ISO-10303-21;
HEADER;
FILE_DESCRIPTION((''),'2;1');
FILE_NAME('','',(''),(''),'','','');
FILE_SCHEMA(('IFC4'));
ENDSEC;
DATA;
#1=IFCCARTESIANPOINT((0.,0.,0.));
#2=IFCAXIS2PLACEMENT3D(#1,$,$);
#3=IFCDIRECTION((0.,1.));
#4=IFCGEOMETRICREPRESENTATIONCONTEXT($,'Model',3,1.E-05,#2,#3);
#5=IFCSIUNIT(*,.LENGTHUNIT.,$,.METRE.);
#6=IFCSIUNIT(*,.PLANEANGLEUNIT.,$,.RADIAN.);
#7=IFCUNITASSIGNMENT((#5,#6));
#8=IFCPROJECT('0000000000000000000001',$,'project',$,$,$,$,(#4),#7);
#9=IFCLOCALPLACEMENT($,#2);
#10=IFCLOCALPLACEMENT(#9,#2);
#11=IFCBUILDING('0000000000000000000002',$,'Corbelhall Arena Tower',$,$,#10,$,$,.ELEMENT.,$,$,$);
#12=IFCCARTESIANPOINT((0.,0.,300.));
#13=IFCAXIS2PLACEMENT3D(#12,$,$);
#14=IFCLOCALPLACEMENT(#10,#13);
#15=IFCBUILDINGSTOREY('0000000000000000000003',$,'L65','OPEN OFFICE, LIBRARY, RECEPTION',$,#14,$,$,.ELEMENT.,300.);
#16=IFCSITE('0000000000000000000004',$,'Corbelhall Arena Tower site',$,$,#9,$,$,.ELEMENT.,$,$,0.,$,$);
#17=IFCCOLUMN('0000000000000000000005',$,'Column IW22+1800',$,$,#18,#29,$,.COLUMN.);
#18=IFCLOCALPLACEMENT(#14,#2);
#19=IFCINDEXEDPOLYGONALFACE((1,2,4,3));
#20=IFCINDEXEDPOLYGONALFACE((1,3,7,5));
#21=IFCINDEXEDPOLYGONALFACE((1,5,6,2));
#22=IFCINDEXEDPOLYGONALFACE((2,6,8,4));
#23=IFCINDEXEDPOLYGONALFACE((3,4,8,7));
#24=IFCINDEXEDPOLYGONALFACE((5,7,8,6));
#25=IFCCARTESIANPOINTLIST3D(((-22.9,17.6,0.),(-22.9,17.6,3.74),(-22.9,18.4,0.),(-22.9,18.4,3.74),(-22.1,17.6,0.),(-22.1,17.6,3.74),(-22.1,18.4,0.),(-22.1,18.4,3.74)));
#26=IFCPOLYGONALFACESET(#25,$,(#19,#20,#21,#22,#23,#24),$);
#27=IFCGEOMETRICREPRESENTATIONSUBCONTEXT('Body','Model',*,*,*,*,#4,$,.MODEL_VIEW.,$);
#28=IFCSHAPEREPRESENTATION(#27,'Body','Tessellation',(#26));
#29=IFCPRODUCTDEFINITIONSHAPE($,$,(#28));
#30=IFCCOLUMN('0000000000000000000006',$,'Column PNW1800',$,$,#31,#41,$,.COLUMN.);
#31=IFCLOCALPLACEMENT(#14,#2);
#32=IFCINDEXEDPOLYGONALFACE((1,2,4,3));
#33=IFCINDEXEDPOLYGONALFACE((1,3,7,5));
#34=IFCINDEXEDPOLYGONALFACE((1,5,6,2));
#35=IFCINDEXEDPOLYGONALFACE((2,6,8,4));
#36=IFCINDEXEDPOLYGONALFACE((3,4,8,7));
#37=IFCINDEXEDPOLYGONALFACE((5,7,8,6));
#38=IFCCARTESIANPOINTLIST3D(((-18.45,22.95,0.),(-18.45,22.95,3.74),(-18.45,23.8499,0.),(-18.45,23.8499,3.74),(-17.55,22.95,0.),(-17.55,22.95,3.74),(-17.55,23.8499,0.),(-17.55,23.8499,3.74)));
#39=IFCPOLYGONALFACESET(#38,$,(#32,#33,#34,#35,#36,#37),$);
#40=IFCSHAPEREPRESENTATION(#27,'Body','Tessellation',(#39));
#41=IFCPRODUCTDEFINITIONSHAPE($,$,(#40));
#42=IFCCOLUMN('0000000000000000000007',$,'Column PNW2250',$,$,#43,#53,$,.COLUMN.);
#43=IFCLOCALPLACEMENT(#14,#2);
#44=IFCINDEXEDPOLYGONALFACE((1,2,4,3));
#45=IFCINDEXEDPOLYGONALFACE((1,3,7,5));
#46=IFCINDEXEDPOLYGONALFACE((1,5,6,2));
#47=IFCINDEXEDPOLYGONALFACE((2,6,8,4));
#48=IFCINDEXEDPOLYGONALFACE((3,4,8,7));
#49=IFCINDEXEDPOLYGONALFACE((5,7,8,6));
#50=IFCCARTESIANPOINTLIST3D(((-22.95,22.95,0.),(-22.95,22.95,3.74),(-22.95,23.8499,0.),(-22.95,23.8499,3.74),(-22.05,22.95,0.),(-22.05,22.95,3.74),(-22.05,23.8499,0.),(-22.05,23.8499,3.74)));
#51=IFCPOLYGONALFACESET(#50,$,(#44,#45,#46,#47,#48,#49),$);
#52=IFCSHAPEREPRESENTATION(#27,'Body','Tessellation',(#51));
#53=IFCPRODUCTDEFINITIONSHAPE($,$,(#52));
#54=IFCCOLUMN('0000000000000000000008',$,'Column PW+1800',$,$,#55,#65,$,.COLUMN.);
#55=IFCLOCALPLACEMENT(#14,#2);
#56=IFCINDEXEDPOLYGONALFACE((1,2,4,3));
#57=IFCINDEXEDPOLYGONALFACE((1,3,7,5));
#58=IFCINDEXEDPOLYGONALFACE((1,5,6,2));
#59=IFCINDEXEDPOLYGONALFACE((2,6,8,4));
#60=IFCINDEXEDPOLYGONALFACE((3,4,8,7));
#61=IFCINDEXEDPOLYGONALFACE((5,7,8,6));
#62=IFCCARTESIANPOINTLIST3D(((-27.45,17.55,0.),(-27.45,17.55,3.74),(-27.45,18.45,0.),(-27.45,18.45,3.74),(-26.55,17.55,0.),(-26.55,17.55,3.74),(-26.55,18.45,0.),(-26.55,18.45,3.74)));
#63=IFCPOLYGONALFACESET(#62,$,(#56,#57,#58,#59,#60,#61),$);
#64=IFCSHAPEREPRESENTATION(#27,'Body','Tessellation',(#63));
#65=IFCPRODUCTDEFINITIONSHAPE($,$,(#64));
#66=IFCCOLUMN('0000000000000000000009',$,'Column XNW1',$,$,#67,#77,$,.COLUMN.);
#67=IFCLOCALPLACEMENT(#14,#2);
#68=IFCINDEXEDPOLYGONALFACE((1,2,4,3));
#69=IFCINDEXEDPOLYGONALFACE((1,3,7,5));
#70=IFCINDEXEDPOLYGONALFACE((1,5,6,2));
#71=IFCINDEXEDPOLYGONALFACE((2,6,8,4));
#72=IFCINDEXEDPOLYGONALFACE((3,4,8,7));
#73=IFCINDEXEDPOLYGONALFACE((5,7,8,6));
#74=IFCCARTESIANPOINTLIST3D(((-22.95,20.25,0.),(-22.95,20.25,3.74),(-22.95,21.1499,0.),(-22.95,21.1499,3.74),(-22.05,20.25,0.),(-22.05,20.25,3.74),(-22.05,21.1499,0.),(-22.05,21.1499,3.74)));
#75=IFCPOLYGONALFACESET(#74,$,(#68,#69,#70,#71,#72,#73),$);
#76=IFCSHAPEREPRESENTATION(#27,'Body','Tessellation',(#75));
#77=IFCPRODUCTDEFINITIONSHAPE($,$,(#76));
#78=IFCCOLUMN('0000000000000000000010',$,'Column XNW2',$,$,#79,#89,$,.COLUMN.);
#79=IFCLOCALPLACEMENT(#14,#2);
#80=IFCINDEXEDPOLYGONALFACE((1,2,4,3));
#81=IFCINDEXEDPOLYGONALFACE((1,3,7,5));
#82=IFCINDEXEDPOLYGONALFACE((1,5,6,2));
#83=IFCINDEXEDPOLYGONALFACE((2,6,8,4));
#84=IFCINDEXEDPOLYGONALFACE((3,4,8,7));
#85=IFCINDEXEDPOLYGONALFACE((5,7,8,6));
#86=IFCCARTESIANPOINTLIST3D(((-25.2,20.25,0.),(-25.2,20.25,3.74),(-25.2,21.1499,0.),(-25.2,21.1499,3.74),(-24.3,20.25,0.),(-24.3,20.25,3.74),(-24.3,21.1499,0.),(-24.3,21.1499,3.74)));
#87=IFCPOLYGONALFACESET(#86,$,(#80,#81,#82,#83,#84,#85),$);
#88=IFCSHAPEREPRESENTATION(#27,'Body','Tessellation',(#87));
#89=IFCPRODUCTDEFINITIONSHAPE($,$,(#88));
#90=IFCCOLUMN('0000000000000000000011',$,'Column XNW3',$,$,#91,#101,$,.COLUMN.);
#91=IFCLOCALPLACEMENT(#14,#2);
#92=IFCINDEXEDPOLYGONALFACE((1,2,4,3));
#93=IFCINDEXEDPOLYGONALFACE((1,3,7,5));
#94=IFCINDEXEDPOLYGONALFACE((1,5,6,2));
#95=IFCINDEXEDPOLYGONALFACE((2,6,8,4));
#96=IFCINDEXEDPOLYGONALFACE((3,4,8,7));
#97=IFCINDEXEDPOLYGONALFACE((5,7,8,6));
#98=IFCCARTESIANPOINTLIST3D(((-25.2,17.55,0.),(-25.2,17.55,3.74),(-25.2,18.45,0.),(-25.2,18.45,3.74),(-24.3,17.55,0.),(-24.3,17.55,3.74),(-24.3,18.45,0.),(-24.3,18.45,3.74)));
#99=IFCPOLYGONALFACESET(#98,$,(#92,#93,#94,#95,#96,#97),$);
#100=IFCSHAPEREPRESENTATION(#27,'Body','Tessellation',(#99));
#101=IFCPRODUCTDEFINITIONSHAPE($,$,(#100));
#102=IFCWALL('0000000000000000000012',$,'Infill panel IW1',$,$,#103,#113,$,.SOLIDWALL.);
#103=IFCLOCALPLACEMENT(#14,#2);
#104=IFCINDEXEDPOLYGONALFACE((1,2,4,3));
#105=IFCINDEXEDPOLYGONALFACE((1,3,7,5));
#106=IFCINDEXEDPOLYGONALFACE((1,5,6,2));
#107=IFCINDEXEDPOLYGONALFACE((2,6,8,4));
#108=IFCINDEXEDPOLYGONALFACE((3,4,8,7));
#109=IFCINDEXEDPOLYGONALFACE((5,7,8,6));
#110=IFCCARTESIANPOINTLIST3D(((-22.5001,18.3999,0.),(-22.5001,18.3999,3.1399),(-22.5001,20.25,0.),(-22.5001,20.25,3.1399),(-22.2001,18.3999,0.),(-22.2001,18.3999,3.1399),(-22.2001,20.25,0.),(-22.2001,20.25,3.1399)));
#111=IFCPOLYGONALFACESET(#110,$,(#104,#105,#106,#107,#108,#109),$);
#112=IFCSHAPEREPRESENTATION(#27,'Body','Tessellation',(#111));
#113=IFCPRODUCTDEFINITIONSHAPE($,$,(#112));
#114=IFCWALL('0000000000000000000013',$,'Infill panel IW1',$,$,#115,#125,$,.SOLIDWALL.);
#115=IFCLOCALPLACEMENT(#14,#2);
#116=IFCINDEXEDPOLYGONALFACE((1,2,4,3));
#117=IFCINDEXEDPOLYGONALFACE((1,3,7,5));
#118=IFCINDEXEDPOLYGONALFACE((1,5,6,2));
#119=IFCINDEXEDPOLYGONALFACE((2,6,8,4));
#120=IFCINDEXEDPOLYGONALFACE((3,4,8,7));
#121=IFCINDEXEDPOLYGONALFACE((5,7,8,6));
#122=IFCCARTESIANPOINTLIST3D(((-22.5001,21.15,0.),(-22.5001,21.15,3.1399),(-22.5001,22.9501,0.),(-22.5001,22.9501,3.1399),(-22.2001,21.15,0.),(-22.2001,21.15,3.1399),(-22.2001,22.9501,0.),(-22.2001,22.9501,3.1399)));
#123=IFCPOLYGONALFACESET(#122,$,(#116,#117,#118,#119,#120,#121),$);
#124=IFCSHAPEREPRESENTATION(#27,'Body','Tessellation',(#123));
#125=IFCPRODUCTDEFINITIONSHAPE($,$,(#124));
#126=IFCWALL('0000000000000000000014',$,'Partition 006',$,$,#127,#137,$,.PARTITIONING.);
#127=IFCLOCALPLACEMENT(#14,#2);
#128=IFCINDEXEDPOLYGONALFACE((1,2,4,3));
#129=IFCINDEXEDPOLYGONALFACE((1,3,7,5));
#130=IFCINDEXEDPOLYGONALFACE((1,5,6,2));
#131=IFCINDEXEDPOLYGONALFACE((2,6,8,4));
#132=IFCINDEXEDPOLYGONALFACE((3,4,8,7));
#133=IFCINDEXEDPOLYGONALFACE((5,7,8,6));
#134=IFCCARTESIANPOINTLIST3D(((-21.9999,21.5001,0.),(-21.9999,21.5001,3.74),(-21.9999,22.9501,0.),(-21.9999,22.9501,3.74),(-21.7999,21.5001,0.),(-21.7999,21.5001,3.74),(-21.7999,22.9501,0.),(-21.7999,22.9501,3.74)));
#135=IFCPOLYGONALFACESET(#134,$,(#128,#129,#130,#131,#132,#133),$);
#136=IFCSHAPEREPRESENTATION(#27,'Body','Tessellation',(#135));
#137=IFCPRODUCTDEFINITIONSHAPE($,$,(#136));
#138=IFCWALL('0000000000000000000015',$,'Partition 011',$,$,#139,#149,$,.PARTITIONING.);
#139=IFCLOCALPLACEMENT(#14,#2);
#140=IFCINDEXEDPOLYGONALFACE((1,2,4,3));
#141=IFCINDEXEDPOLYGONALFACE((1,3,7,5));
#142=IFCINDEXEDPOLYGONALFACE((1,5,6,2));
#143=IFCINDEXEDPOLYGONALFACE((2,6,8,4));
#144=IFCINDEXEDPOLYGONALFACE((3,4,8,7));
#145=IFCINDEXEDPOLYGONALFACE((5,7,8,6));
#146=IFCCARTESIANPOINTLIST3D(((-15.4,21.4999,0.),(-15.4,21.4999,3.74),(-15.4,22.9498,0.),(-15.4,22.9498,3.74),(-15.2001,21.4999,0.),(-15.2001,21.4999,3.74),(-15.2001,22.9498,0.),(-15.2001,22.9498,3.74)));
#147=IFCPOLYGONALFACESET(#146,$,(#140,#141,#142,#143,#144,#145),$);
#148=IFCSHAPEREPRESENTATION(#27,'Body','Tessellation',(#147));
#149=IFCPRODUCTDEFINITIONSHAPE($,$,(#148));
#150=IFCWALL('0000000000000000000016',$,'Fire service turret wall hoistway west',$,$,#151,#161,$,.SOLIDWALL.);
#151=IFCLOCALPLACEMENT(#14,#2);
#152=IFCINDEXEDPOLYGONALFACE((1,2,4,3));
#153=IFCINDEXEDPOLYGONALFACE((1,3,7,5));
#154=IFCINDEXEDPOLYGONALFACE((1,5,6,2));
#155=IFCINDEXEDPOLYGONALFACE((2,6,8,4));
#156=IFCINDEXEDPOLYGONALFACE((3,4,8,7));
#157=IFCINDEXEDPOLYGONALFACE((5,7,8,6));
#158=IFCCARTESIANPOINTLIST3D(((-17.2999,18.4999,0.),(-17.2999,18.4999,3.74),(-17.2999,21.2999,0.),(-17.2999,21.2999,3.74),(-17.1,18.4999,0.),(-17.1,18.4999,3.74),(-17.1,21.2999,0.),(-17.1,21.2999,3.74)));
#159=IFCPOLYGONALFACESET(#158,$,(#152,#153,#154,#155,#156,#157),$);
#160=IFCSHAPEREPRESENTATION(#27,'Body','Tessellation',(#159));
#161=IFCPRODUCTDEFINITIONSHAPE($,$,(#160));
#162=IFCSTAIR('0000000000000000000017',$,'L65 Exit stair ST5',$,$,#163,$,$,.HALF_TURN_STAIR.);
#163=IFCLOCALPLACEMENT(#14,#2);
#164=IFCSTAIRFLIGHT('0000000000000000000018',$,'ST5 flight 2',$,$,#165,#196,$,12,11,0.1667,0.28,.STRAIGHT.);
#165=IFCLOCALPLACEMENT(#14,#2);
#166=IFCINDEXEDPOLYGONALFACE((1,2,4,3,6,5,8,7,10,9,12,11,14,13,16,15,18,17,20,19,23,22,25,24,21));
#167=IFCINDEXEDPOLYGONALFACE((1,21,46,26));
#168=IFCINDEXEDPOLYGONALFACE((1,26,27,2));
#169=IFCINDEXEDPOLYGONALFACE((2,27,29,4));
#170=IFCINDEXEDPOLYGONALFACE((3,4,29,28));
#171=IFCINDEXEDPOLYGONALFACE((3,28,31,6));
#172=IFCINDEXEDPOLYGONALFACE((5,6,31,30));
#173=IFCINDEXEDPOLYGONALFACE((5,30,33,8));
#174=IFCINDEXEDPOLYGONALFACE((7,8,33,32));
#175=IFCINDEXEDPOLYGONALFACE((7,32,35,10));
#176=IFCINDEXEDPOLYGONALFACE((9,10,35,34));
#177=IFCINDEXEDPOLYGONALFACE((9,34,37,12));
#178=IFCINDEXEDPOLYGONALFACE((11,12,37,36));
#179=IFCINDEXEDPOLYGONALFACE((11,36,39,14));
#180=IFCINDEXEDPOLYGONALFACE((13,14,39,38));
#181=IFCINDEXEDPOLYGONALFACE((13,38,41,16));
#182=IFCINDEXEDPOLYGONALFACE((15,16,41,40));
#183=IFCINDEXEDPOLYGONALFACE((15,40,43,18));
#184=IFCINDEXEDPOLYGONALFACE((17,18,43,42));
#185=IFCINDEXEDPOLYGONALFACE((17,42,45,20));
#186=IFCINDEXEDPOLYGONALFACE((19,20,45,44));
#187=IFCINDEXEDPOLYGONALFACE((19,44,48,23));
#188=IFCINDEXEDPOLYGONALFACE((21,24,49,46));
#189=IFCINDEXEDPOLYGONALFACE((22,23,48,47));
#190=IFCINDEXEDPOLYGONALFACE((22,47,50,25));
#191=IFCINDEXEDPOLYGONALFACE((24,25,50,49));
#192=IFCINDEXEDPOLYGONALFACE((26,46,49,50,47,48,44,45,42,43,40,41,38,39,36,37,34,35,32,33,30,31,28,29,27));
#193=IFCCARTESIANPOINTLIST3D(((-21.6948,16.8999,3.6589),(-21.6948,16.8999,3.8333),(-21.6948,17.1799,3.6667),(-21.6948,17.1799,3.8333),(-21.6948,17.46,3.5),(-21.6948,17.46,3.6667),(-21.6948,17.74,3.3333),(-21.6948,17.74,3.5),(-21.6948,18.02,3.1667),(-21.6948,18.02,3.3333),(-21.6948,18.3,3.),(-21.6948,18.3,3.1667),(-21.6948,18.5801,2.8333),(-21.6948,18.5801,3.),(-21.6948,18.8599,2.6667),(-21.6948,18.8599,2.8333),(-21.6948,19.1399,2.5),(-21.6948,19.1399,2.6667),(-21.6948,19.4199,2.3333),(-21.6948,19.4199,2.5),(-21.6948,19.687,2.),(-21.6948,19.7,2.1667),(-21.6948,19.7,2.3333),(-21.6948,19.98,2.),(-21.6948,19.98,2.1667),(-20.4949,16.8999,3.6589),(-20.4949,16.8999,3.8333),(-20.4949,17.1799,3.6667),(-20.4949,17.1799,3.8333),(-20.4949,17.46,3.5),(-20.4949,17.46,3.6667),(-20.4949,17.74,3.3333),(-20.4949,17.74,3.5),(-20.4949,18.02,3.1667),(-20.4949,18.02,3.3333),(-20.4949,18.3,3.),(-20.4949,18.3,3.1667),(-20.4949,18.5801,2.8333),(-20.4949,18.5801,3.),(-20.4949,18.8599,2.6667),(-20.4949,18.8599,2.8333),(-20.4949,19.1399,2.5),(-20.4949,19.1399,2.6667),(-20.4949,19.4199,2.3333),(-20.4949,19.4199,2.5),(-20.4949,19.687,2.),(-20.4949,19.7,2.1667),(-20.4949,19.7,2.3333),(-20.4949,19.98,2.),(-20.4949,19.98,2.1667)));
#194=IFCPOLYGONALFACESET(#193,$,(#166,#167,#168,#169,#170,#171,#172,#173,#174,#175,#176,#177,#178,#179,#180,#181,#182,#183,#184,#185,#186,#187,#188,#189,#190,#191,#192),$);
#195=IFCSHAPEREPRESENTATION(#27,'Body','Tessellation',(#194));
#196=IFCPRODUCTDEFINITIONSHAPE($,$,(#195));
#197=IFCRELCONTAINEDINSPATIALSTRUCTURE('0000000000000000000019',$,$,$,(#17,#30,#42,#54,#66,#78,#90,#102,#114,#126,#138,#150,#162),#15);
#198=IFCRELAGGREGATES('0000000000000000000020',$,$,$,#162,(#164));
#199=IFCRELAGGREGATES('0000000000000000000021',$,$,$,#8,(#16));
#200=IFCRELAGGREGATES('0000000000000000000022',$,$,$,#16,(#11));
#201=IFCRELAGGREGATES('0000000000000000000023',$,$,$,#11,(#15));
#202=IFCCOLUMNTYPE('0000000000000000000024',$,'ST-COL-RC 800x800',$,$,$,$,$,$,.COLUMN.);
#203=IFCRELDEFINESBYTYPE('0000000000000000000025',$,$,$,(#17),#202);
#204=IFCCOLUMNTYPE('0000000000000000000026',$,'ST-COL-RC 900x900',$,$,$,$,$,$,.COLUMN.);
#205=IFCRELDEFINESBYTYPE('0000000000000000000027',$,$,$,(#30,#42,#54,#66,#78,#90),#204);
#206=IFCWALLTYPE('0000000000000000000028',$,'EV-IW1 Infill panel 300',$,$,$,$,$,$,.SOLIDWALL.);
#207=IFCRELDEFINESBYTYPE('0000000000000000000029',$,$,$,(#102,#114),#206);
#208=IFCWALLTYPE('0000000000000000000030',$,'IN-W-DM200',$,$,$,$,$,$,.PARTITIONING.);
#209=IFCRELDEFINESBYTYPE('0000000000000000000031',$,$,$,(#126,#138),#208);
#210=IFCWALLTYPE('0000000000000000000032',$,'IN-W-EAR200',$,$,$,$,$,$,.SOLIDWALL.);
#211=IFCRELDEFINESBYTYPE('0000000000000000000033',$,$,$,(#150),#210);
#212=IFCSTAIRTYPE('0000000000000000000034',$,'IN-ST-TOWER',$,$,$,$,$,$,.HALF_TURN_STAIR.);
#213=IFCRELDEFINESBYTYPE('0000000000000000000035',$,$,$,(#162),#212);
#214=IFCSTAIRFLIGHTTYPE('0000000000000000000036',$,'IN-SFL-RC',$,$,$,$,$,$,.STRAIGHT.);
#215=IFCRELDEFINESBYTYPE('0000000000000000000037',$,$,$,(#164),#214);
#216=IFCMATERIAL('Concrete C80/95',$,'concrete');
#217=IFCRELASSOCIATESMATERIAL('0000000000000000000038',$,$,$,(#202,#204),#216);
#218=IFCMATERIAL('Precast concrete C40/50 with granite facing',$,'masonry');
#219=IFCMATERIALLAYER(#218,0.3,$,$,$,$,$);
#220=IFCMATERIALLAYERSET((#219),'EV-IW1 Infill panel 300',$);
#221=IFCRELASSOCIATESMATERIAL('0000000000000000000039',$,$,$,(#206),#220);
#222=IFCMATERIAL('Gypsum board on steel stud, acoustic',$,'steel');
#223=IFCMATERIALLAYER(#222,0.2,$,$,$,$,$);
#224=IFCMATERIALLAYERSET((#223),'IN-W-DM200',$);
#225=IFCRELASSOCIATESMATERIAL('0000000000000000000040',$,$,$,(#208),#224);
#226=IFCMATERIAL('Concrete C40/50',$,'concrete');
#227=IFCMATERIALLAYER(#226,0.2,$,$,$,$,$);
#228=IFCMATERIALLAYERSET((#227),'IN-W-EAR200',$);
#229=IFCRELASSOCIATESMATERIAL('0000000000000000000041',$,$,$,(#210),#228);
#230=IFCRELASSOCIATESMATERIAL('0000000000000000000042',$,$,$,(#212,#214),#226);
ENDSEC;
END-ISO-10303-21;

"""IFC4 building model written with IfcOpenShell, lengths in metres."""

from ifc_helpers import new_model, si_unit, direction, frame, frame_2d, origin, origin_2d, place, context, subcontext, project, spatial, polyline, rectangle, outline, extrude, material, layer, layer_set, material_profile, profile_set, type_object, element, aggregate, save


model = new_model("IFC4")

# Units and contexts
model_context = context("Model", 3, precision=1e-05, world=origin(), true_north=direction((0.0, 1.0)))
body_context = subcontext(model_context, "Body", "Model", "MODEL_VIEW")
ifc_project = project(units=[si_unit("LENGTHUNIT", "METRE"), si_unit("PLANEANGLEUNIT", "RADIAN")], contexts=[model_context])

# Site, building, storey
site_placement = place(None, origin())
site = spatial("IfcSite", under=ifc_project, at=site_placement, Name="Corbelhall Arena Tower site", CompositionType="ELEMENT", RefElevation=0.0)
building_placement = place(site_placement, origin())
building = spatial("IfcBuilding", under=site, at=building_placement, Name="Corbelhall Arena Tower", CompositionType="ELEMENT")
storey_placement = place(building_placement, frame((0.0, 0.0, 300.0)))
storey = spatial("IfcBuildingStorey", under=building, at=storey_placement, Name="L65", Description="OPEN OFFICE, LIBRARY, RECEPTION", CompositionType="ELEMENT", Elevation=300.0)

# Columns
ifc_material_1 = material(Name="Concrete C80/95", Category="concrete")
ifc_material_profile_1 = material_profile(ifc_material_1, rectangle(XDim=0.8, YDim=0.8, at=origin_2d()))
ifc_profile_set_1 = profile_set([ifc_material_profile_1], Name="Concrete C80/95")
column_type_1 = type_object("IfcColumnType", Name="ST-COL-RC 800x800", PredefinedType="COLUMN", material=ifc_profile_set_1)
column_placement = place(storey_placement, frame((-22.5, 18.0, 0.0), z_axis=(0.0, 0.0, 1.0), x_axis=(1.0, 0.0, 0.0)))
element("IfcColumn", 1, at=column_placement, inside=storey, type_object=column_type_1, Name="Column IW22+1800", PredefinedType="COLUMN", context=body_context, shape_type="SweptSolid", body=[
    extrude(rectangle(XDim=0.8, YDim=0.8, at=origin_2d()), origin(), (0.0, 0.0, 1.0), 3.74),
])
ifc_material_profile_2 = material_profile(ifc_material_1, rectangle(XDim=0.8999, YDim=0.8999, at=origin_2d()))
ifc_profile_set_2 = profile_set([ifc_material_profile_2], Name="Concrete C80/95")
column_type_2 = type_object("IfcColumnType", Name="ST-COL-RC 900x900", PredefinedType="COLUMN", material=ifc_profile_set_2)
for number, where, z_axis, x_axis, name in (
    (2, (-18.0, 23.3999, 0.0), (0.0, 0.0, 1.0), (1.0, 0.0, 0.0), "Column PNW1800"),
    (3, (-22.5, 23.3999, 0.0), (0.0, 0.0, 1.0), (1.0, 0.0, 0.0), "Column PNW2250"),
    (4, (-27.0, 18.0, 0.0), (0.0, 0.0, 1.0), (0.0, 1.0, 0.0), "Column PW+1800"),
    (5, (-22.5, 20.7, 0.0), (0.0, 0.0, 1.0), (1.0, 0.0, 0.0), "Column XNW1"),
    (6, (-24.75, 20.7, 0.0), (0.0, 0.0, 1.0), (1.0, 0.0, 0.0), "Column XNW2"),
    (7, (-24.75, 18.0, 0.0), (0.0, 0.0, 1.0), (1.0, 0.0, 0.0), "Column XNW3"),
):
    element("IfcColumn", number, at=place(storey_placement, frame(where, z_axis=z_axis, x_axis=x_axis)), inside=storey, type_object=column_type_2, Name=name, PredefinedType="COLUMN", context=body_context, shape_type="SweptSolid", body=[
        extrude(rectangle(XDim=0.8999, YDim=0.8999, at=origin_2d()), origin(), (0.0, 0.0, 1.0), 3.74),
    ])

# Shared definitions
ifc_material_2 = material(Name="Precast concrete C40/50 with granite facing", Category="masonry")
ifc_layer_1 = layer(ifc_material_2, 0.3)
ifc_layer_set_1 = layer_set([ifc_layer_1], Name="EV-IW1 Infill panel 300")
wall_type_1 = type_object("IfcWallType", Name="EV-IW1 Infill panel 300", PredefinedType="SOLIDWALL", material=ifc_layer_set_1)

# Walls
wall_1_placement = place(storey_placement, frame((-22.3501, 20.25, 0.0), z_axis=(0.0, 0.0, 1.0), x_axis=(0.0, -1.0, 0.0)))
element("IfcWall", 8, at=wall_1_placement, inside=storey, type_object=wall_type_1, Name="Infill panel IW1", PredefinedType="SOLIDWALL", context=body_context, shape_type="SweptSolid", body=[
    extrude(rectangle(XDim=1.8501, YDim=0.3, at=frame_2d((0.925, 0.0))), origin(), (0.0, 0.0, 1.0), 3.1399),
])
wall_2_placement = place(storey_placement, frame((-22.3501, 22.95, 0.0), z_axis=(0.0, 0.0, 1.0), x_axis=(0.0, -1.0, 0.0)))
element("IfcWall", 9, at=wall_2_placement, inside=storey, type_object=wall_type_1, Name="Infill panel IW1", PredefinedType="SOLIDWALL", context=body_context, shape_type="SweptSolid", body=[
    extrude(rectangle(XDim=1.8, YDim=0.3, at=frame_2d((0.8999, 0.0))), origin(), (0.0, 0.0, 1.0), 3.1399),
])
ifc_material_3 = material(Name="Gypsum board on steel stud, acoustic", Category="steel")
ifc_layer_2 = layer(ifc_material_3, 0.2)
ifc_layer_set_2 = layer_set([ifc_layer_2], Name="IN-W-DM200")
wall_type_2 = type_object("IfcWallType", Name="IN-W-DM200", PredefinedType="PARTITIONING", material=ifc_layer_set_2)
for number, where, z_axis, x_axis, name in (
    (10, (-21.8999, 21.5, 0.0), (0.0, 0.0, 1.0), (0.0, 1.0, 0.0), "Partition 006"),
    (11, (-15.3, 22.95, 0.0), (0.0, 0.0, 1.0), (0.0, -1.0, 0.0), "Partition 011"),
):
    element("IfcWall", number, at=place(storey_placement, frame(where, z_axis=z_axis, x_axis=x_axis)), inside=storey, type_object=wall_type_2, Name=name, PredefinedType="PARTITIONING", context=body_context, shape_type="SweptSolid", body=[
        extrude(rectangle(XDim=1.45, YDim=0.2, at=frame_2d((0.7251, 0.0))), origin(), (0.0, 0.0, 1.0), 3.74),
    ])

# Shared definitions
ifc_material_4 = material(Name="Concrete C40/50", Category="concrete")
ifc_layer_3 = layer(ifc_material_4, 0.2)
ifc_layer_set_3 = layer_set([ifc_layer_3], Name="IN-W-EAR200")
wall_type_3 = type_object("IfcWallType", Name="IN-W-EAR200", PredefinedType="SOLIDWALL", material=ifc_layer_set_3)

# Wall
wall_3_placement = place(storey_placement, frame((-17.2, 18.5, 0.0), z_axis=(0.0, 0.0, 1.0), x_axis=(0.0, 1.0, 0.0)))
element("IfcWall", 12, at=wall_3_placement, inside=storey, type_object=wall_type_3, Name="Fire service turret wall hoistway west", PredefinedType="SOLIDWALL", context=body_context, shape_type="SweptSolid", body=[
    extrude(rectangle(XDim=2.8, YDim=0.2, at=frame_2d((1.3999, 0.0))), origin(), (0.0, 0.0, 1.0), 3.74),
])

# Stair, stair flight
stair_type = type_object("IfcStairType", Name="IN-ST-TOWER", PredefinedType="HALF_TURN_STAIR", material=ifc_material_4)
stair_placement = place(storey_placement, origin())
stair = element("IfcStair", 13, at=stair_placement, inside=storey, type_object=stair_type, Name="L65 Exit stair ST5", PredefinedType="HALF_TURN_STAIR")
stair_flight_type = type_object("IfcStairFlightType", Name="IN-SFL-RC", PredefinedType="STRAIGHT", material=ifc_material_4)
stair_flight_placement = place(storey_placement, frame((-21.095, 19.98, 2.0), z_axis=(0.0, 0.0, 1.0), x_axis=(0.0, -1.0, 0.0)))
stair_flight = element("IfcStairFlight", 14, at=stair_flight_placement, type_object=stair_flight_type, Name="ST5 flight 2", NumberOfRisers=12, NumberOfTreads=11, PredefinedType="STRAIGHT", RiserHeight=0.1667, TreadLength=0.28, context=body_context, shape_type="SweptSolid", body=[
    extrude(outline(polyline([(0.0, 0.0), (0.0, 0.1667), (0.28, 0.1667), (0.28, 0.3333), (0.5601, 0.3333), (0.5601, 0.5), (0.8401, 0.5), (0.8401, 0.6667), (1.1201, 0.6667), (1.1201, 0.8333), (1.3999, 0.8333), (1.3999, 1.0), (1.6799, 1.0), (1.6799, 1.1667), (1.96, 1.1667), (1.96, 1.3333), (2.24, 1.3333), (2.24, 1.5), (2.52, 1.5), (2.52, 1.6667), (2.8, 1.6667), (2.8, 1.8333), (3.0801, 1.8333), (3.0801, 2.0), (3.0801, 1.6589), (0.293, 0.0), (0.0, 0.0)])), frame((0.0, 0.6001, 0.0), z_axis=(0.0, -1.0, 0.0), x_axis=(1.0, 0.0, 0.0)), (0.0, 0.0, 1.0), 1.2),
])
aggregate(stair, [stair_flight])

save(model, "model.ifc")
